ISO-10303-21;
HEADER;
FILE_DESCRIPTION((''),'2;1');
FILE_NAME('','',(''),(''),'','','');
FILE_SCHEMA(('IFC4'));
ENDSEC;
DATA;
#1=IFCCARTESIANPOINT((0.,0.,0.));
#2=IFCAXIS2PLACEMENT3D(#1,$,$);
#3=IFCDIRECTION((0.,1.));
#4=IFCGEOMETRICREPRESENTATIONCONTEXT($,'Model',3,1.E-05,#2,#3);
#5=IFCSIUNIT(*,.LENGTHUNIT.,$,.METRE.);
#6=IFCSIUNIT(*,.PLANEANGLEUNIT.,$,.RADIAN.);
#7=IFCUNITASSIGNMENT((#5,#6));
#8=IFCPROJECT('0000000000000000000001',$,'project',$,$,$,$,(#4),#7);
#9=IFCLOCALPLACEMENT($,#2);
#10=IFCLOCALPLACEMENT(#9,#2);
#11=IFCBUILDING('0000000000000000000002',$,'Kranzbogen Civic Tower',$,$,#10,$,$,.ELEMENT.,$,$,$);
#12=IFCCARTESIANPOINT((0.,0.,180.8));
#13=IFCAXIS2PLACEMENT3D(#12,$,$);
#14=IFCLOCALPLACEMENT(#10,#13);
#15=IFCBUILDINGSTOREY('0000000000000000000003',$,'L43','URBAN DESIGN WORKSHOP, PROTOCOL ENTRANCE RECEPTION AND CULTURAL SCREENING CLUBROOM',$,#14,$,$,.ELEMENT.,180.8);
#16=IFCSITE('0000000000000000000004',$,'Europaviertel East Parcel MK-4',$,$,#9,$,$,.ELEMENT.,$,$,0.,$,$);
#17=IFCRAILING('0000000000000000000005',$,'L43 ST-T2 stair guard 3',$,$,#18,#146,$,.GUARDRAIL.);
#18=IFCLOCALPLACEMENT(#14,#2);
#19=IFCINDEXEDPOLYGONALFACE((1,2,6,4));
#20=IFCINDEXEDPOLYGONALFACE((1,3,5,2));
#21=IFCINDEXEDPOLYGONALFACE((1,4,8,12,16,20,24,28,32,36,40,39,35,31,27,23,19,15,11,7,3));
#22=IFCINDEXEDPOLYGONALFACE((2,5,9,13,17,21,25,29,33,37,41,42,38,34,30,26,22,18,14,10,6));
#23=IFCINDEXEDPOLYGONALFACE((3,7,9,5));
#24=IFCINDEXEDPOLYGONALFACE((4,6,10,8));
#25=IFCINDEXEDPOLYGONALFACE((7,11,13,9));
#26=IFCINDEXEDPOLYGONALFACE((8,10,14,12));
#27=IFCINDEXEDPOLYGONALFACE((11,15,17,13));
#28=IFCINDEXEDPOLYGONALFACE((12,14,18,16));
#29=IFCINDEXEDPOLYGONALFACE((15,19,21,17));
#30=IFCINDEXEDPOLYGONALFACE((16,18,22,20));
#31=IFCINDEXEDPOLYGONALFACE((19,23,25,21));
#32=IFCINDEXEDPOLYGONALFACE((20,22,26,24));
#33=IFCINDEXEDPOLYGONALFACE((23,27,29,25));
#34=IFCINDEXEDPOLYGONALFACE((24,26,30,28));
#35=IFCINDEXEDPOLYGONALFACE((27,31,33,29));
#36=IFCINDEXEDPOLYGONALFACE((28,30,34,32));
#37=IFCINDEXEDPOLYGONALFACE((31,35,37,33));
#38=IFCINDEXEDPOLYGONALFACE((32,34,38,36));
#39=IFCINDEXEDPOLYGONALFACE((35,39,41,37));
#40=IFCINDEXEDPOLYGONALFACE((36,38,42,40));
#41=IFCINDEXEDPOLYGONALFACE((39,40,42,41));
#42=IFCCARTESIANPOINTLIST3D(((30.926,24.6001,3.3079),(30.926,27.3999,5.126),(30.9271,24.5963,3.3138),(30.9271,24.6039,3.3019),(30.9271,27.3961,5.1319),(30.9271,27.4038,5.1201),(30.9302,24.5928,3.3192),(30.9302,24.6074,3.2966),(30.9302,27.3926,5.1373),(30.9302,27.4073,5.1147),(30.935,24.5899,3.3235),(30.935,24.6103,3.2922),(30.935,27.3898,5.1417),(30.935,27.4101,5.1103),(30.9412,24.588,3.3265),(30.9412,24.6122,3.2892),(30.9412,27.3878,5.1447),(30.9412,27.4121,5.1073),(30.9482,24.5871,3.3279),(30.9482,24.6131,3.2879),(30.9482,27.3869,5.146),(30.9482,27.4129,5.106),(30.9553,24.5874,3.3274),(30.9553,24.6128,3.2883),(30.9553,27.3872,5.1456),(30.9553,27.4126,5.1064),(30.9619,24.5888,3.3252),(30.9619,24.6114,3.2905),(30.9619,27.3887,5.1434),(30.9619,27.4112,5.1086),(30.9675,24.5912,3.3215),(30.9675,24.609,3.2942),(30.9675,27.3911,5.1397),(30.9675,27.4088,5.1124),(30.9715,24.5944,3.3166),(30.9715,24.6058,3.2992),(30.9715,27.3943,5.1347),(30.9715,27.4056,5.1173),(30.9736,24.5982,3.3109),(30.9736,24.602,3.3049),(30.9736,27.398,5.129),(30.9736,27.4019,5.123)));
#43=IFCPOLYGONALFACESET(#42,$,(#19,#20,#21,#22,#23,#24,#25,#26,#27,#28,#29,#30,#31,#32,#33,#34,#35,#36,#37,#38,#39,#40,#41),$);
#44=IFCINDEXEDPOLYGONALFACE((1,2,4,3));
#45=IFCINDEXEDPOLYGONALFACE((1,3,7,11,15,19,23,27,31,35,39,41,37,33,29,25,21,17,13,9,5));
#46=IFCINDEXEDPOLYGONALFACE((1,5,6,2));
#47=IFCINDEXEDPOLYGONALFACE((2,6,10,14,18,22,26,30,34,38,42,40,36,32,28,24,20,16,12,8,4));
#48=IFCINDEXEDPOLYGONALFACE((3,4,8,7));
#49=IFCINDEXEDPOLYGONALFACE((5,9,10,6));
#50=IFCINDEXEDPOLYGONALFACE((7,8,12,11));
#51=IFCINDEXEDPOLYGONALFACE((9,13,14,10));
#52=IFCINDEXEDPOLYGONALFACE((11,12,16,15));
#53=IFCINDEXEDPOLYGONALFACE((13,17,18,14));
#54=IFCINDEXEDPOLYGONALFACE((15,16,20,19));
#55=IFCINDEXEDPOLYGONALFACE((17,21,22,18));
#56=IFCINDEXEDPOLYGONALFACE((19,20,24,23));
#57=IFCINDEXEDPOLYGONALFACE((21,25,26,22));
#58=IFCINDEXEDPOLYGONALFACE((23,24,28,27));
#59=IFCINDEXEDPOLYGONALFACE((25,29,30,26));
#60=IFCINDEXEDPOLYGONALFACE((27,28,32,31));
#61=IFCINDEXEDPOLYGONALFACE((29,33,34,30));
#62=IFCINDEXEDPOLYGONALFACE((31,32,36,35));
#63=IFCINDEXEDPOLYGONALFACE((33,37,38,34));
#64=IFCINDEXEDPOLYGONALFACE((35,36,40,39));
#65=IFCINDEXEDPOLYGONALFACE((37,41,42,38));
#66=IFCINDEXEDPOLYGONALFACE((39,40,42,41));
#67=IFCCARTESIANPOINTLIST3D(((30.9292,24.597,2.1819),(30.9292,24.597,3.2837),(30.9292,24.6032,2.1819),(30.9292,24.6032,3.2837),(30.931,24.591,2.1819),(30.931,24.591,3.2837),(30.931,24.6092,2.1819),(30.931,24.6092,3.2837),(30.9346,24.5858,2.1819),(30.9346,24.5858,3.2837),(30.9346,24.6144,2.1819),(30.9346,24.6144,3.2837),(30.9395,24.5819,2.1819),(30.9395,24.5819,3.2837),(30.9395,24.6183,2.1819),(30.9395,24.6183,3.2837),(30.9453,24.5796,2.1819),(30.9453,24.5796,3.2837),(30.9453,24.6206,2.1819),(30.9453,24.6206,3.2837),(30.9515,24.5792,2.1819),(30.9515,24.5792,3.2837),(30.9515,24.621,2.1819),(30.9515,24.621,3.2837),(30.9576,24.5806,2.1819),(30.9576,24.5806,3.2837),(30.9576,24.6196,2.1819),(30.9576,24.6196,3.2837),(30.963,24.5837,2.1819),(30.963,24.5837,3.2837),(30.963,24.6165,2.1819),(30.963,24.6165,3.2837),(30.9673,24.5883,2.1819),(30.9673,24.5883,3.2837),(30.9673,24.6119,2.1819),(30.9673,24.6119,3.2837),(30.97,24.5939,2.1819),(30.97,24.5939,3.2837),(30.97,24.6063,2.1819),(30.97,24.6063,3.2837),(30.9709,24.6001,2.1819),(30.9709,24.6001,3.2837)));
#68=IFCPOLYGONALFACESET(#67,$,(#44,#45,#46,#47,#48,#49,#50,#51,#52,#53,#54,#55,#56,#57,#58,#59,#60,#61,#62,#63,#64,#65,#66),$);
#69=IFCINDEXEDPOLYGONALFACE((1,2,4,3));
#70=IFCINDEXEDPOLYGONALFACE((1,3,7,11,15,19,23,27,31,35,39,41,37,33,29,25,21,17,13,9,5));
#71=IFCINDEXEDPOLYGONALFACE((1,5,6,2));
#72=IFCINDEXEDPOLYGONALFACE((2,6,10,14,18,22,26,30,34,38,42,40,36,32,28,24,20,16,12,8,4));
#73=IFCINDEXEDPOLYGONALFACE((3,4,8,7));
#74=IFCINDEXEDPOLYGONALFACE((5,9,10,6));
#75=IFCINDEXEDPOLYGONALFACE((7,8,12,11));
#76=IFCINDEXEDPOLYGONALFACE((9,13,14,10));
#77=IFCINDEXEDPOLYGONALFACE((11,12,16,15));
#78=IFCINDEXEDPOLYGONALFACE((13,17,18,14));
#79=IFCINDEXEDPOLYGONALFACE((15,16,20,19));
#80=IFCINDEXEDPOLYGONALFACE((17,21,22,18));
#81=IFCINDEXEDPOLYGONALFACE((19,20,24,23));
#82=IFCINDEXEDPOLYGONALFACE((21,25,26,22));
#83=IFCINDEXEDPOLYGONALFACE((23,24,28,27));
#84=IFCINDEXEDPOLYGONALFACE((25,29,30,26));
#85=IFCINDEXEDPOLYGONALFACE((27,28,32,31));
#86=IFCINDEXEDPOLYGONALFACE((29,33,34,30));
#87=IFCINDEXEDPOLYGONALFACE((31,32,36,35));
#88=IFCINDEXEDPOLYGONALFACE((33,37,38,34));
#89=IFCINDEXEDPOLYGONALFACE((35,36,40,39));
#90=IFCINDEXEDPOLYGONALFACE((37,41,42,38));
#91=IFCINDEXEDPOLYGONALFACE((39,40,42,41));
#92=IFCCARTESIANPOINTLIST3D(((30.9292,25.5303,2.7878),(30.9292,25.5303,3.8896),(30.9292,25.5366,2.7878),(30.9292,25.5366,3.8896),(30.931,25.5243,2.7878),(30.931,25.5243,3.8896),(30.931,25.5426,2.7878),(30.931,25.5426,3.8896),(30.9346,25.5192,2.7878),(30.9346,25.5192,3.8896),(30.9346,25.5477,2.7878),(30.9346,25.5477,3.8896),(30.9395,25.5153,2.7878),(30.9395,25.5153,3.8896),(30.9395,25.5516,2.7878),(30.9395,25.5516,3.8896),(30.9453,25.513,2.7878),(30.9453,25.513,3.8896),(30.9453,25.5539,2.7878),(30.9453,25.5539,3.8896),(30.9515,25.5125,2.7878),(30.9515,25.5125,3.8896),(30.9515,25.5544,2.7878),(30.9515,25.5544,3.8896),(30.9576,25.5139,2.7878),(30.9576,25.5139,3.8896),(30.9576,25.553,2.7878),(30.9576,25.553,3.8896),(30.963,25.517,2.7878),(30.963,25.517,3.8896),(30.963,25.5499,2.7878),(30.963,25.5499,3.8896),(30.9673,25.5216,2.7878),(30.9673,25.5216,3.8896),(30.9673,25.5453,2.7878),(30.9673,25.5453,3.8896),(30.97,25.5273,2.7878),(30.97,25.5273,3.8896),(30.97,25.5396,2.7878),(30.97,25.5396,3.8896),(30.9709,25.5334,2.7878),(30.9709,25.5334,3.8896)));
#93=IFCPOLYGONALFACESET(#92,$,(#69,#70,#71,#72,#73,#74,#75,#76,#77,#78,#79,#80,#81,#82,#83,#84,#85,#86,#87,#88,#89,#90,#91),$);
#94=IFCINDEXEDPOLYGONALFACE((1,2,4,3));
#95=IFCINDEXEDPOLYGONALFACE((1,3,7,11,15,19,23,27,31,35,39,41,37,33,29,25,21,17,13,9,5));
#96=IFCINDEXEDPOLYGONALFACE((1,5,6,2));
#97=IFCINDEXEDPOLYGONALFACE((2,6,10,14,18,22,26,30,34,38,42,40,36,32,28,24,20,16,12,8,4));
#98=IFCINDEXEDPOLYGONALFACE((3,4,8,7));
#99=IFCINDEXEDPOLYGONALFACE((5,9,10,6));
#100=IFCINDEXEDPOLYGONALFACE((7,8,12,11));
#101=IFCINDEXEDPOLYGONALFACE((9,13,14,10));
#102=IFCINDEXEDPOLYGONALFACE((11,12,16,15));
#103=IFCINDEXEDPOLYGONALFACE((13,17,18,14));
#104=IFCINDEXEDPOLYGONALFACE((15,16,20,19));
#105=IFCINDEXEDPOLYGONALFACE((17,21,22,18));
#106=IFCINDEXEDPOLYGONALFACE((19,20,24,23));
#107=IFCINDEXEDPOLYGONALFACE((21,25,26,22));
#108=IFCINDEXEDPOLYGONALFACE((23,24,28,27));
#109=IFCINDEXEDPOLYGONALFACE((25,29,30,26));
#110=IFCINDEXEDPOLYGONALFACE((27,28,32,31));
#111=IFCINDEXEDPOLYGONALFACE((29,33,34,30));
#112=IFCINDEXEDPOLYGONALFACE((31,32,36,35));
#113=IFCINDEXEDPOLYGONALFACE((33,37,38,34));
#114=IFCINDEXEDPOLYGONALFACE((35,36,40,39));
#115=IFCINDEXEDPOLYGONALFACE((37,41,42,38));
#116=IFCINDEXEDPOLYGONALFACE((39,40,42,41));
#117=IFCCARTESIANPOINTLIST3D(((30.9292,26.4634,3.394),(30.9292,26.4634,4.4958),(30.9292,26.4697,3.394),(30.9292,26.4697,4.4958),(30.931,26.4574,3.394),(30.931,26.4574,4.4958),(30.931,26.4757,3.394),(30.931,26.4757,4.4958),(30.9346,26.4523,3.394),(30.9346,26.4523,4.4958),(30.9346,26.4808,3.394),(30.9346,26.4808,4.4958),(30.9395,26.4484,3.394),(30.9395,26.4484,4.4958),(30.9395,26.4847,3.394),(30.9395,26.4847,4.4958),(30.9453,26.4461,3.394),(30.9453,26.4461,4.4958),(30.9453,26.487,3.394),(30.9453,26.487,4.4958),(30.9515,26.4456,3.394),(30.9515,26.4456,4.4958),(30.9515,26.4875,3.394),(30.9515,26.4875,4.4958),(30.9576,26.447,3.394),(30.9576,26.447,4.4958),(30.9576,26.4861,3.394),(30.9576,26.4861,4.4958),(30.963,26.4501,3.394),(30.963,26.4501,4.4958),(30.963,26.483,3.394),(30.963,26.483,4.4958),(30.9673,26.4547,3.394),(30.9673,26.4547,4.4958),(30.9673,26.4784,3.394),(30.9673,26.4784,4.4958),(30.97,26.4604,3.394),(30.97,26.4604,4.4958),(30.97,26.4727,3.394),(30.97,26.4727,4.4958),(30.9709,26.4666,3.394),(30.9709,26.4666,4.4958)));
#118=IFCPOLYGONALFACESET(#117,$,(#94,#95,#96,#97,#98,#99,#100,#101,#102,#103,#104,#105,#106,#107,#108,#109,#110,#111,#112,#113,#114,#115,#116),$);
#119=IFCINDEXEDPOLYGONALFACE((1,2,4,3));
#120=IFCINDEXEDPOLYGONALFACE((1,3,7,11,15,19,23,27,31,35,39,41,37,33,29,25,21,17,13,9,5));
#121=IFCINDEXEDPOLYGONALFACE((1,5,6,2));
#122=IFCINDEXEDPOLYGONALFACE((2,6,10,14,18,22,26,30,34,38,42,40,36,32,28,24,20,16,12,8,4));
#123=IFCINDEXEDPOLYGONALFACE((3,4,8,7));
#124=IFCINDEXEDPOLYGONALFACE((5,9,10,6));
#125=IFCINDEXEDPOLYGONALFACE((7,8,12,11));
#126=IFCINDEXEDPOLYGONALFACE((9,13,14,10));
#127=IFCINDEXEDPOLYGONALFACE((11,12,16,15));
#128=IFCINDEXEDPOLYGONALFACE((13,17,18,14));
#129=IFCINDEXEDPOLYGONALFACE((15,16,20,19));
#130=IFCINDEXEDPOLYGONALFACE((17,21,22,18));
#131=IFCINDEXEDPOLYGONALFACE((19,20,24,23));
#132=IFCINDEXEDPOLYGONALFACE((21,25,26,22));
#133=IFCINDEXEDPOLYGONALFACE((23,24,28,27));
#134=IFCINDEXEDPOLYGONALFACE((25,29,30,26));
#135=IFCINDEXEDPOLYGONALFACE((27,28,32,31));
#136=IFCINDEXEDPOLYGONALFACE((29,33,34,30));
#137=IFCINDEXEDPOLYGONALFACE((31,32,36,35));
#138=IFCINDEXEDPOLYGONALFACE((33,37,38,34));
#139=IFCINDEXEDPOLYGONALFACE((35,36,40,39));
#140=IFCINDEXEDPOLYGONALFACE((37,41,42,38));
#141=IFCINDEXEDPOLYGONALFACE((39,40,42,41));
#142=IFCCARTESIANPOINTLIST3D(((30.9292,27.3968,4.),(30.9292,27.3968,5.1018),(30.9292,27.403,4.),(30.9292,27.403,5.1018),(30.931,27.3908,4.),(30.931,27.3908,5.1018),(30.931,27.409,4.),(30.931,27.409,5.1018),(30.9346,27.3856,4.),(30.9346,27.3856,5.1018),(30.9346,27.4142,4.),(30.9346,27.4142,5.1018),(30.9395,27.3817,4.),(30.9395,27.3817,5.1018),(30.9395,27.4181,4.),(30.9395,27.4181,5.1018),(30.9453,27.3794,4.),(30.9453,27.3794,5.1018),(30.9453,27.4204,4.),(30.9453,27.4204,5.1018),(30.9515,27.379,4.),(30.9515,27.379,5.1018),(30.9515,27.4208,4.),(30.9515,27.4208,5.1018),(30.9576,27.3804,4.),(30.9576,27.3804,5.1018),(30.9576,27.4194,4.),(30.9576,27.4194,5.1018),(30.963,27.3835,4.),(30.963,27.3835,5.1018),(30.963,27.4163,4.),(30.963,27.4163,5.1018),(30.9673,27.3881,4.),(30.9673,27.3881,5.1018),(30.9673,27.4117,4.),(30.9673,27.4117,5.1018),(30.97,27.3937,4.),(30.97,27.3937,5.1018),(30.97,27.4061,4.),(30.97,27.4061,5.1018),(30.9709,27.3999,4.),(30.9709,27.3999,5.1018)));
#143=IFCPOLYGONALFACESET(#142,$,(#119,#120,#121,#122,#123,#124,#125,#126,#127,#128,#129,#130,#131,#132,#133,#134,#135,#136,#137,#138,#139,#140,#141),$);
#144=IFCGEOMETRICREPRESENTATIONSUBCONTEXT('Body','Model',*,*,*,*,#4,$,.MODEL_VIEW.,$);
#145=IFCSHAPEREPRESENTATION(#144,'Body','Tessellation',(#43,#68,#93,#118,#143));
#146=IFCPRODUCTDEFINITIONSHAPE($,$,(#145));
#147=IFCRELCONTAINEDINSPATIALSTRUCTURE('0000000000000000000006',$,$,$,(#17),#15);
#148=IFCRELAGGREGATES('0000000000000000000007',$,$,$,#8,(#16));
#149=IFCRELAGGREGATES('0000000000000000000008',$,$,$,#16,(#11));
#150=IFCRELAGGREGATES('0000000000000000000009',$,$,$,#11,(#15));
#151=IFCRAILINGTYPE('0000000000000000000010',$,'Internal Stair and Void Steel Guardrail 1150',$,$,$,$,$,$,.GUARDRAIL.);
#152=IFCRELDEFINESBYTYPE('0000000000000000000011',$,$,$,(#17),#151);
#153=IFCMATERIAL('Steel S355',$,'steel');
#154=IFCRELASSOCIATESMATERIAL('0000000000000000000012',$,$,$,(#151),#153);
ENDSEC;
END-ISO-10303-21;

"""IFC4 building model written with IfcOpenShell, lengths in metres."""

from ifc_helpers import new_model, si_unit, direction, frame, origin, origin_2d, place, context, subcontext, project, spatial, circle, extrude, material, type_object, element, save


model = new_model("IFC4")

# Units and contexts
model_context = context("Model", 3, precision=1e-05, world=origin(), true_north=direction((0.0, 1.0)))
body_context = subcontext(model_context, "Body", "Model", "MODEL_VIEW")
ifc_project = project(units=[si_unit("LENGTHUNIT", "METRE"), si_unit("PLANEANGLEUNIT", "RADIAN")], contexts=[model_context])

# Site, building, storey
site_placement = place(None, origin())
site = spatial("IfcSite", under=ifc_project, at=site_placement, Name="Europaviertel East Parcel MK-4", CompositionType="ELEMENT", RefElevation=0.0)
building_placement = place(site_placement, origin())
building = spatial("IfcBuilding", under=site, at=building_placement, Name="Kranzbogen Civic Tower", CompositionType="ELEMENT")
storey_placement = place(building_placement, frame((0.0, 0.0, 180.8)))
storey = spatial("IfcBuildingStorey", under=building, at=storey_placement, Name="L43", Description="URBAN DESIGN WORKSHOP, PROTOCOL ENTRANCE RECEPTION AND CULTURAL SCREENING CLUBROOM", CompositionType="ELEMENT", Elevation=180.8)

# Shared definitions
ifc_material_1 = material(Name="Steel S355", Category="steel")

# Railing
railing_type_1 = type_object("IfcRailingType", Name="Internal Stair and Void Steel Guardrail 1150", PredefinedType="GUARDRAIL", material=ifc_material_1)
railing_1_placement = place(storey_placement, frame((30.95, 24.6001, 2.1819)))
element("IfcRailing", 1, at=railing_1_placement, inside=storey, type_object=railing_type_1, Name="L43 ST-T2 stair guard 3", PredefinedType="GUARDRAIL", context=body_context, shape_type="SweptSolid", body=[
    extrude(circle(Radius=0.0239, at=origin_2d()), frame((0.0, 0.0, 1.126), z_axis=(0.0, 0.838684, 0.544618), x_axis=(-1.0, 0.0, 0.0)), (0.0, 0.0, 1.0), 3.3384),
    extrude(circle(Radius=0.021, at=origin_2d()), origin(), (0.0, 0.0, 1.0), 1.1018),
    extrude(circle(Radius=0.021, at=origin_2d()), frame((0.0, 0.9333, 0.606)), (0.0, 0.0, 1.0), 1.1018),
    extrude(circle(Radius=0.021, at=origin_2d()), frame((0.0, 1.8665, 1.2122)), (0.0, 0.0, 1.0), 1.1018),
    extrude(circle(Radius=0.021, at=origin_2d()), frame((0.0, 2.7998, 1.8181)), (0.0, 0.0, 1.0), 1.1018),
])

save(model, "model.ifc")
